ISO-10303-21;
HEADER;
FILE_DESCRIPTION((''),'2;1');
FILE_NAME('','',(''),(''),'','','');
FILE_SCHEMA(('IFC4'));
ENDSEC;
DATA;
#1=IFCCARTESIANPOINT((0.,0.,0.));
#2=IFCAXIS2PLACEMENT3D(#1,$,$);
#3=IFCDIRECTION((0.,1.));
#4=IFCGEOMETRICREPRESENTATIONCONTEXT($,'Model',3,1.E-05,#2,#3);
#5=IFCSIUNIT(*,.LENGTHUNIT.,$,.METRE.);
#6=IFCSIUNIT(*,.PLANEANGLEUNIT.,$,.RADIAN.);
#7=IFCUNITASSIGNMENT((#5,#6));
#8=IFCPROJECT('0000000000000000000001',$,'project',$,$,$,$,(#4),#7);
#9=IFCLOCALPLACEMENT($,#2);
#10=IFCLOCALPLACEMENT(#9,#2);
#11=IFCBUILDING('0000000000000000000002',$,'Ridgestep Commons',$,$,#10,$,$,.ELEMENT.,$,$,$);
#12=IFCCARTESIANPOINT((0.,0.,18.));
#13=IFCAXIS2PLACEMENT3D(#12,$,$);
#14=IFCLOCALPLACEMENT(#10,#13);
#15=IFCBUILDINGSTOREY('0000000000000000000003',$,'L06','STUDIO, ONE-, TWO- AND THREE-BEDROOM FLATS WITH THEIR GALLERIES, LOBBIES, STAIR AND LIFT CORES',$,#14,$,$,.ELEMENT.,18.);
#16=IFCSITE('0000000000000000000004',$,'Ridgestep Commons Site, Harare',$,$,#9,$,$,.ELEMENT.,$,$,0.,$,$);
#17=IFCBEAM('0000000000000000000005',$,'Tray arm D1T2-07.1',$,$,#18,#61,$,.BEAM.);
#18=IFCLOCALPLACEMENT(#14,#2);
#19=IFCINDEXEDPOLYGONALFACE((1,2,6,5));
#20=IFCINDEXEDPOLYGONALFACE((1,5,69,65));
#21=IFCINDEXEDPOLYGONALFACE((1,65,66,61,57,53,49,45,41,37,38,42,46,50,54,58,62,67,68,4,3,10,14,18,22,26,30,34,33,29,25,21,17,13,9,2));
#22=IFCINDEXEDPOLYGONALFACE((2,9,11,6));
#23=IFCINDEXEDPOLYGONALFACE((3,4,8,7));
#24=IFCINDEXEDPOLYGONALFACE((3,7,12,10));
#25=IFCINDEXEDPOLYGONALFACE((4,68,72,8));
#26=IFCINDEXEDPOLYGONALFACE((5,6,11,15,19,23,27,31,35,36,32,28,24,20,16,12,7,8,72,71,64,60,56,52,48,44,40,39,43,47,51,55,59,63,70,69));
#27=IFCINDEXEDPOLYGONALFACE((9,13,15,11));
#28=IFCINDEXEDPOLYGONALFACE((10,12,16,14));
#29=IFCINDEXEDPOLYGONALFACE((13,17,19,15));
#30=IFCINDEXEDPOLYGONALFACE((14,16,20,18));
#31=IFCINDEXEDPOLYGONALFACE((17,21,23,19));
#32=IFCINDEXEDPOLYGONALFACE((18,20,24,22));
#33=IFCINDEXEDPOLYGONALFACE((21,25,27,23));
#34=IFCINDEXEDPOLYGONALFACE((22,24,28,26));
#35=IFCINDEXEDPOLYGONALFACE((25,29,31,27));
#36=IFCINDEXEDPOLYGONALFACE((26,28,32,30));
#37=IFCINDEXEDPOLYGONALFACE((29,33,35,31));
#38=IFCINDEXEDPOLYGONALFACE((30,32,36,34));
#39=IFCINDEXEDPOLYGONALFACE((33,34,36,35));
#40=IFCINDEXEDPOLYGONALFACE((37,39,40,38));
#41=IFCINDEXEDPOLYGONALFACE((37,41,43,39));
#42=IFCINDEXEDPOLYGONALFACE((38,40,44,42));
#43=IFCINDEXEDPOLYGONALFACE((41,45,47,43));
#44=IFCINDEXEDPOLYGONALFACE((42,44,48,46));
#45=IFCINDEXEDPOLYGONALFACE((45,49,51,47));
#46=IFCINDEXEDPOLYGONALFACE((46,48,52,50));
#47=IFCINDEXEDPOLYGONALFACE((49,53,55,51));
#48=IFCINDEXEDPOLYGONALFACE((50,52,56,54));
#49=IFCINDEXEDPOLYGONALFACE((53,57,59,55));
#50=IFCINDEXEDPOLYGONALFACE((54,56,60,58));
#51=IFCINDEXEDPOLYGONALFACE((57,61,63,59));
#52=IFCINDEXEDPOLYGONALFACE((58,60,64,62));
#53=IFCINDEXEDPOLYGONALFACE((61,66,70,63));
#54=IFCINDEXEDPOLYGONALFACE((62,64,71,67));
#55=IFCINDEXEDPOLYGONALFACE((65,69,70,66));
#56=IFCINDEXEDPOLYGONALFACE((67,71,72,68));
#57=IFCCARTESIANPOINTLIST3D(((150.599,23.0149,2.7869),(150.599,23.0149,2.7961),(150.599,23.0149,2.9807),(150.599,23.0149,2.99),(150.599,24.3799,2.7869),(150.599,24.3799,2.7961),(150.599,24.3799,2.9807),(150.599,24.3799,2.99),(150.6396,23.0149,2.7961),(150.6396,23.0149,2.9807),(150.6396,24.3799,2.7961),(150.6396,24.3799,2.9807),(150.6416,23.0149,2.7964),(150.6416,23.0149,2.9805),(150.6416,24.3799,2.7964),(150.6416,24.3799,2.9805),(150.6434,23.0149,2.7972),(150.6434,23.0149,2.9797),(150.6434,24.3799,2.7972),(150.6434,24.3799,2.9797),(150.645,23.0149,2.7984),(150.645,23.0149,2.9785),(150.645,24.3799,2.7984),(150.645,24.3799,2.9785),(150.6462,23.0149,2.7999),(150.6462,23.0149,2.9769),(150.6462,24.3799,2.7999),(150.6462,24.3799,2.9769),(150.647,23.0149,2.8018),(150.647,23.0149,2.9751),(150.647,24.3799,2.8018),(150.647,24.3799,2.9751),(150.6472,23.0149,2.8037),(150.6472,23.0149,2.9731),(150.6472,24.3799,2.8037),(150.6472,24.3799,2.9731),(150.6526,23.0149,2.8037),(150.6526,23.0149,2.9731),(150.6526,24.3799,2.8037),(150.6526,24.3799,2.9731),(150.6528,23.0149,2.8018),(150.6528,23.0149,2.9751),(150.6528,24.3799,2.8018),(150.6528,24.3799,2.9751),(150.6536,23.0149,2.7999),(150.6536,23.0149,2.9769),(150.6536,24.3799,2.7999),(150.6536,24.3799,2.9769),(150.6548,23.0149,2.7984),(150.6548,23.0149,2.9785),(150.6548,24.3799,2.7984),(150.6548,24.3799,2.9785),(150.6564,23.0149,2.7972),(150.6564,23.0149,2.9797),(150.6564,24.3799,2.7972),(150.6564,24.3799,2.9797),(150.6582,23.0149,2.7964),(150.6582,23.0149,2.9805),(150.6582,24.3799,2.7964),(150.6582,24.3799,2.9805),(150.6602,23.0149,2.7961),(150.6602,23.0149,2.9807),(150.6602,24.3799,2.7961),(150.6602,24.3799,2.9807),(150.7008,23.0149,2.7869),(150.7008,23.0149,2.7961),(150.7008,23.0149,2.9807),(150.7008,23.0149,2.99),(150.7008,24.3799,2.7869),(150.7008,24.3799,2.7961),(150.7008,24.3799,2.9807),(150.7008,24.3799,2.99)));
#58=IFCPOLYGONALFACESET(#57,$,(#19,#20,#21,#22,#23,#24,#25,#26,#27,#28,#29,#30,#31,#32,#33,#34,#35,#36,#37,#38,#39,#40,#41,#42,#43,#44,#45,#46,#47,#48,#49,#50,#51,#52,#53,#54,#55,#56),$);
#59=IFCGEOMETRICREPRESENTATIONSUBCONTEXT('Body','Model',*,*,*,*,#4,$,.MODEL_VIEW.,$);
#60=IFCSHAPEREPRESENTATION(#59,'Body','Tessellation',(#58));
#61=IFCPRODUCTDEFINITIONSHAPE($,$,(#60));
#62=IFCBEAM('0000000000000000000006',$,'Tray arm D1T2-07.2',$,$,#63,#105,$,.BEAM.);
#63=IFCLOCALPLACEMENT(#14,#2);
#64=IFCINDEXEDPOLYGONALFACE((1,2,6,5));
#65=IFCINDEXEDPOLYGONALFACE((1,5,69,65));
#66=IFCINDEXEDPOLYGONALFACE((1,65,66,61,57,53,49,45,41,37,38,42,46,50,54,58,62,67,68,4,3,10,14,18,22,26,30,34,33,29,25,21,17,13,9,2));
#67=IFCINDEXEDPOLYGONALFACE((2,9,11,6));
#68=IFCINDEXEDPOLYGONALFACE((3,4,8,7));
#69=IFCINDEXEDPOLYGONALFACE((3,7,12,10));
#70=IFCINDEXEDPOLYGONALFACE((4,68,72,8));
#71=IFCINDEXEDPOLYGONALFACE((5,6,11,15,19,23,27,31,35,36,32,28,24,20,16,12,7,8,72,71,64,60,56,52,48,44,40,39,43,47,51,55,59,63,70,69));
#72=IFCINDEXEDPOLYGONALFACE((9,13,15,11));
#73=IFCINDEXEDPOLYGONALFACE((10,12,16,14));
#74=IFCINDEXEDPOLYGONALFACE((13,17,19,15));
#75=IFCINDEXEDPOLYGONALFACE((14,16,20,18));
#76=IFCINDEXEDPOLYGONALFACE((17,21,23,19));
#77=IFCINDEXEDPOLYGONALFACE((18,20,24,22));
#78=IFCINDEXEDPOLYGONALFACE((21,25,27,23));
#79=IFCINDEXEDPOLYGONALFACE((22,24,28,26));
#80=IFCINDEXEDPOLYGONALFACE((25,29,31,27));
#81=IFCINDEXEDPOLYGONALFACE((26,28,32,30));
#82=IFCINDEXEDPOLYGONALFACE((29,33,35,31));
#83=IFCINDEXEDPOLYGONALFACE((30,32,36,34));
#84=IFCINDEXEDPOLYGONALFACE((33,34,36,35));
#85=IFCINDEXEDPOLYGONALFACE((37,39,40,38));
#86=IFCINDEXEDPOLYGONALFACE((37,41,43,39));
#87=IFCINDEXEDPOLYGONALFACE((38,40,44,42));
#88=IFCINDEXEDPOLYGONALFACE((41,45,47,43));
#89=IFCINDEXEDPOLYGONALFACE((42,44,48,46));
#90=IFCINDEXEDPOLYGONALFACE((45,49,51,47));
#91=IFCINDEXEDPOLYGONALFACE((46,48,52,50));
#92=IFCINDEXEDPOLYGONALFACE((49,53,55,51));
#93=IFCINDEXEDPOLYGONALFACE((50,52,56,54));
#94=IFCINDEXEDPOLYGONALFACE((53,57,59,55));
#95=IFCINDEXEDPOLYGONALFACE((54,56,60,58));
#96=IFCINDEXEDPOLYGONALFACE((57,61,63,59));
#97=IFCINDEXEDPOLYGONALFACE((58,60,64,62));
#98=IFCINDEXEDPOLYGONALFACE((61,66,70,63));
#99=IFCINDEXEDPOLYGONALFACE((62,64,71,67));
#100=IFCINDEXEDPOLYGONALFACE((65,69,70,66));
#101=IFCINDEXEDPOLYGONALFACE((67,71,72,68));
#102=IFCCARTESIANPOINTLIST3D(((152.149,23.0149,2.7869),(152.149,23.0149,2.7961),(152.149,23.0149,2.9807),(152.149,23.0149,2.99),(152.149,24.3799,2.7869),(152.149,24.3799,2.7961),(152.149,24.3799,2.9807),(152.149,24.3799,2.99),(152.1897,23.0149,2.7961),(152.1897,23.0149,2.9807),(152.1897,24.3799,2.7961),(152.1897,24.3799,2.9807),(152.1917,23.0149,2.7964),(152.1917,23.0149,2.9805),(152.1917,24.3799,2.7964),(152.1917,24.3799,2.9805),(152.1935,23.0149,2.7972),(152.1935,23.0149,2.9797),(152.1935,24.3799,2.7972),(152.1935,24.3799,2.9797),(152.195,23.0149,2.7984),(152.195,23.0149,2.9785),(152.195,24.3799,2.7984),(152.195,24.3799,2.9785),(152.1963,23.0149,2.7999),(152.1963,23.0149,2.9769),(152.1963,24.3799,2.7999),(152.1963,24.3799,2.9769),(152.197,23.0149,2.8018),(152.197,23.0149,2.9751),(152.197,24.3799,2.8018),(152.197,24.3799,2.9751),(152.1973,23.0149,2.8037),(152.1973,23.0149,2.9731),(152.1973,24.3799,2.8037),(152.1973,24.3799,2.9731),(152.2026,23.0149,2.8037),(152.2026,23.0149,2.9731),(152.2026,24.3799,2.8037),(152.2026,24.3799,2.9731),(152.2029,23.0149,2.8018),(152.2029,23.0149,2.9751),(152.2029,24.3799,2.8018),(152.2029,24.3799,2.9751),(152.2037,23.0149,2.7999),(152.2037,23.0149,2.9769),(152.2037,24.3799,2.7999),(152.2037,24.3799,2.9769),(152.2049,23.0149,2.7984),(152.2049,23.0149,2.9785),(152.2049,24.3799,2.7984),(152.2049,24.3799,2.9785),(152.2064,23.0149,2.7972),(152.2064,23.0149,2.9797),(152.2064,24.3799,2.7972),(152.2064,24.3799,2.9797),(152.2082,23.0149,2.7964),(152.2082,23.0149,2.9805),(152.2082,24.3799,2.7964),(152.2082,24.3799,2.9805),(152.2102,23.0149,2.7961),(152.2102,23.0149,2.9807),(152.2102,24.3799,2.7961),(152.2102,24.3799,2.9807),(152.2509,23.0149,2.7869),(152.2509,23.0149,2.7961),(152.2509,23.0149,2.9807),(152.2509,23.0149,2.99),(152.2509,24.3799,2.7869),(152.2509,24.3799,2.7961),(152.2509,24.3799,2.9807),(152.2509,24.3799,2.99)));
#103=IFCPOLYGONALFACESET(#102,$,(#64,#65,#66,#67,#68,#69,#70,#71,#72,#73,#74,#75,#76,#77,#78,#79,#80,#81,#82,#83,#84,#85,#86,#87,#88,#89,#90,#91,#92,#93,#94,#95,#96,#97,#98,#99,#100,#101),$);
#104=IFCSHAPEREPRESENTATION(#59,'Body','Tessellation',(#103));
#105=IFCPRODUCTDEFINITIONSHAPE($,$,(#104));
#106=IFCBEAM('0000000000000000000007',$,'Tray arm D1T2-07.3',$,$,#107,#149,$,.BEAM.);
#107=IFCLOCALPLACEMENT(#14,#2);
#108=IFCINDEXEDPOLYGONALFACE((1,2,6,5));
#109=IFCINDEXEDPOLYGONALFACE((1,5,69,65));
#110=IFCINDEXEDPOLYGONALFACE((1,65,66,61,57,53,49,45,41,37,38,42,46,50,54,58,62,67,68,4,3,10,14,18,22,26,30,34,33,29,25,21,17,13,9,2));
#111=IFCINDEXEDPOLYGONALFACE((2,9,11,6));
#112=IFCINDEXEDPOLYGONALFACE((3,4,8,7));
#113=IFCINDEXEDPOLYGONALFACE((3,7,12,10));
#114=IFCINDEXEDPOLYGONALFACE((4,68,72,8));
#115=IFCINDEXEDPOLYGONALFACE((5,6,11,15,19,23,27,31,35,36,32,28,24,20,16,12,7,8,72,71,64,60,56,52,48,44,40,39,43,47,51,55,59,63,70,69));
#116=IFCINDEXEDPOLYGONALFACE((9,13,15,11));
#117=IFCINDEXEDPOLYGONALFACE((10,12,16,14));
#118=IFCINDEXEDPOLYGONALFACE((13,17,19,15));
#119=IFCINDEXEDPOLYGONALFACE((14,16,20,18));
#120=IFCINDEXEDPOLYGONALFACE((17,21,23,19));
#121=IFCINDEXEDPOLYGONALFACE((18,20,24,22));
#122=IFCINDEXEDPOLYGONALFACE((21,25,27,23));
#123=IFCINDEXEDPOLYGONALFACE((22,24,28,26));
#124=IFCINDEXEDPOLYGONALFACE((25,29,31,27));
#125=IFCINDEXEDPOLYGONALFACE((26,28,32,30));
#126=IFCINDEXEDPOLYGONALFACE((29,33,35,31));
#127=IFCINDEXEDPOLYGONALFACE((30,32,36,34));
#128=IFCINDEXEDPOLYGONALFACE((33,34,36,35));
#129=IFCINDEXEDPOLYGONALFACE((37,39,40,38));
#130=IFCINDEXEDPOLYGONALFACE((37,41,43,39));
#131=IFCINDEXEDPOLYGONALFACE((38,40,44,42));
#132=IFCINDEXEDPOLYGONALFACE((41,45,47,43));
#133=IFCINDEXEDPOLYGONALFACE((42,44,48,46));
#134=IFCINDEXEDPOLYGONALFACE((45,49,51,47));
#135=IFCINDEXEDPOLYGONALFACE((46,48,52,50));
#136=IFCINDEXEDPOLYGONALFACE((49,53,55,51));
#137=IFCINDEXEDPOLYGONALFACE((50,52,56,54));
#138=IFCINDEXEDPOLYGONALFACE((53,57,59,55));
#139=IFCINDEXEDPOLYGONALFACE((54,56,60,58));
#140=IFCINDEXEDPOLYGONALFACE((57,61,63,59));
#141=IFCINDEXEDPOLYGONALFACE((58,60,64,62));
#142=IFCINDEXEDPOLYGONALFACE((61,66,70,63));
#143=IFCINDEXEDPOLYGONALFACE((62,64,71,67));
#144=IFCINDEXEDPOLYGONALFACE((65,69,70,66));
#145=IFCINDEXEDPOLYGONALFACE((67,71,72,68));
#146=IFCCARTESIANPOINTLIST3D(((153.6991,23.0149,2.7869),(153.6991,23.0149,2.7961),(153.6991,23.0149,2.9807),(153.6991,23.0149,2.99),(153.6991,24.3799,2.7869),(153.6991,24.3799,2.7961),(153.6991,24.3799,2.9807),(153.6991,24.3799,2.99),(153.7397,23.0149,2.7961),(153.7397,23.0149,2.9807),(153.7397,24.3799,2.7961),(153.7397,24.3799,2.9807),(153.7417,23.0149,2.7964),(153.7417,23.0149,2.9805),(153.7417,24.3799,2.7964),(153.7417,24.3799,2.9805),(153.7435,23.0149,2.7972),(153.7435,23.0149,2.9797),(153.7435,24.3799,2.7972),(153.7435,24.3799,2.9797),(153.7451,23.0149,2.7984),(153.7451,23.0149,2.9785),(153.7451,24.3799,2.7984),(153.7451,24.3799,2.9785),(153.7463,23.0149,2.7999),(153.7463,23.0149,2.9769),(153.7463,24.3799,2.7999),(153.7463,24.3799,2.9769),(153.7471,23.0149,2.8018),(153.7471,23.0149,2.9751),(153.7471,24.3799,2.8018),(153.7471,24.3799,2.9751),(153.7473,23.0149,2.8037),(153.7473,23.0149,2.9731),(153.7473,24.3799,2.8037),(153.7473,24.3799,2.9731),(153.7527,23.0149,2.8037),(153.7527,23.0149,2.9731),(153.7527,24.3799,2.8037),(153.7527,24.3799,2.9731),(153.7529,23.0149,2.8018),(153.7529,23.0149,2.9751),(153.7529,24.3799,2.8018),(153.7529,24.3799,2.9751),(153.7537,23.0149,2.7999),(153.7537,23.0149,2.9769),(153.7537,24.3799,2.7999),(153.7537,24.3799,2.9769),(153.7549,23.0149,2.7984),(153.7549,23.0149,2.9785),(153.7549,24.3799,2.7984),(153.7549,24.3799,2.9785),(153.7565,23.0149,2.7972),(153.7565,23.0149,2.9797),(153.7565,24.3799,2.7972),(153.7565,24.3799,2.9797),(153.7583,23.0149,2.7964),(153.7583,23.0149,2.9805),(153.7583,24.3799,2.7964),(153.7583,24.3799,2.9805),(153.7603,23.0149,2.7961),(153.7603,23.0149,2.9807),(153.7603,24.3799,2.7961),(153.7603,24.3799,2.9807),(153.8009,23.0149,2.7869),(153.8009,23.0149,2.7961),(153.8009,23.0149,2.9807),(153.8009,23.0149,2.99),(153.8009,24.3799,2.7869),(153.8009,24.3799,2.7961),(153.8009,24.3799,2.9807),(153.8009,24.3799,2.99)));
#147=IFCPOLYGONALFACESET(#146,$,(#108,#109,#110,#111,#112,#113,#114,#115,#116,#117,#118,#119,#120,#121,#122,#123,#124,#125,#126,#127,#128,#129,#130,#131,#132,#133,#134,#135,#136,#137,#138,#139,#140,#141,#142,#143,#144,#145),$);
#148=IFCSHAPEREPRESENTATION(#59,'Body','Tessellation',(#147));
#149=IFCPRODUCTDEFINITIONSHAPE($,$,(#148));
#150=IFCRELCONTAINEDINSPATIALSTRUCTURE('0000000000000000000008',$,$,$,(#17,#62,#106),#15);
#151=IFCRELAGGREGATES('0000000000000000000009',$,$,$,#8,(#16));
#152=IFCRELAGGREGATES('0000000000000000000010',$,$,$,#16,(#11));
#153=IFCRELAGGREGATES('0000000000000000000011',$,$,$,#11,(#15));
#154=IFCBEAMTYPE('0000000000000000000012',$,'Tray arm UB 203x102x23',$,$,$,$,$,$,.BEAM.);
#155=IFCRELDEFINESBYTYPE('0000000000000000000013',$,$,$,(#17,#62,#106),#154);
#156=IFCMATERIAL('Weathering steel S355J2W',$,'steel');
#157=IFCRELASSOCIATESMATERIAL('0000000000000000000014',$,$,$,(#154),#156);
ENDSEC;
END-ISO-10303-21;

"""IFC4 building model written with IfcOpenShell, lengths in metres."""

from ifc_helpers import new_model, si_unit, direction, frame, origin, origin_2d, place, context, subcontext, project, spatial, i_section, extrude, material, material_profile, profile_set, type_object, element, save


model = new_model("IFC4")

# Units and contexts
model_context = context("Model", 3, precision=1e-05, world=origin(), true_north=direction((0.0, 1.0)))
body_context = subcontext(model_context, "Body", "Model", "MODEL_VIEW")
ifc_project = project(units=[si_unit("LENGTHUNIT", "METRE"), si_unit("PLANEANGLEUNIT", "RADIAN")], contexts=[model_context])

# Site, building, storey
site_placement = place(None, origin())
site = spatial("IfcSite", under=ifc_project, at=site_placement, Name="Ridgestep Commons Site, Harare", CompositionType="ELEMENT", RefElevation=0.0)
building_placement = place(site_placement, origin())
building = spatial("IfcBuilding", under=site, at=building_placement, Name="Ridgestep Commons", CompositionType="ELEMENT")
storey_placement = place(building_placement, frame((0.0, 0.0, 18.0)))
storey = spatial("IfcBuildingStorey", under=building, at=storey_placement, Name="L06", Description="STUDIO, ONE-, TWO- AND THREE-BEDROOM FLATS WITH THEIR GALLERIES, LOBBIES, STAIR AND LIFT CORES", CompositionType="ELEMENT", Elevation=18.0)

# Beams
ifc_material_1 = material(Name="Weathering steel S355J2W", Category="steel")
ifc_material_profile_1 = material_profile(ifc_material_1, i_section(OverallWidth=0.1018, OverallDepth=0.2031, WebThickness=0.0054, FlangeThickness=0.0093, FilletRadius=0.0076, at=origin_2d()), Name="UB 203x102x23")
ifc_profile_set_1 = profile_set([ifc_material_profile_1], Name="Weathering steel S355J2W")
beam_type_1 = type_object("IfcBeamType", Name="Tray arm UB 203x102x23", PredefinedType="BEAM", material=ifc_profile_set_1)
for number, where, z_axis, x_axis, name in (
    (1, (150.6499, 23.0149, 2.8884), (0.0, 1.0, 0.0), (-1.0, 0.0, 0.0), "Tray arm D1T2-07.1"),
    (2, (152.2, 23.0149, 2.8884), (0.0, 1.0, 0.0), (-1.0, 0.0, 0.0), "Tray arm D1T2-07.2"),
    (3, (153.75, 23.0149, 2.8884), (0.0, 1.0, 0.0), (-1.0, 0.0, 0.0), "Tray arm D1T2-07.3"),
):
    element("IfcBeam", number, at=place(storey_placement, frame(where, z_axis=z_axis, x_axis=x_axis)), inside=storey, type_object=beam_type_1, Name=name, PredefinedType="BEAM", context=body_context, shape_type="SweptSolid", body=[
        extrude(i_section(OverallWidth=0.1018, OverallDepth=0.2031, WebThickness=0.0054, FlangeThickness=0.0093, FilletRadius=0.0076, at=origin_2d()), origin(), (0.0, 0.0, 1.0), 1.365),
    ])

save(model, "model.ifc")
